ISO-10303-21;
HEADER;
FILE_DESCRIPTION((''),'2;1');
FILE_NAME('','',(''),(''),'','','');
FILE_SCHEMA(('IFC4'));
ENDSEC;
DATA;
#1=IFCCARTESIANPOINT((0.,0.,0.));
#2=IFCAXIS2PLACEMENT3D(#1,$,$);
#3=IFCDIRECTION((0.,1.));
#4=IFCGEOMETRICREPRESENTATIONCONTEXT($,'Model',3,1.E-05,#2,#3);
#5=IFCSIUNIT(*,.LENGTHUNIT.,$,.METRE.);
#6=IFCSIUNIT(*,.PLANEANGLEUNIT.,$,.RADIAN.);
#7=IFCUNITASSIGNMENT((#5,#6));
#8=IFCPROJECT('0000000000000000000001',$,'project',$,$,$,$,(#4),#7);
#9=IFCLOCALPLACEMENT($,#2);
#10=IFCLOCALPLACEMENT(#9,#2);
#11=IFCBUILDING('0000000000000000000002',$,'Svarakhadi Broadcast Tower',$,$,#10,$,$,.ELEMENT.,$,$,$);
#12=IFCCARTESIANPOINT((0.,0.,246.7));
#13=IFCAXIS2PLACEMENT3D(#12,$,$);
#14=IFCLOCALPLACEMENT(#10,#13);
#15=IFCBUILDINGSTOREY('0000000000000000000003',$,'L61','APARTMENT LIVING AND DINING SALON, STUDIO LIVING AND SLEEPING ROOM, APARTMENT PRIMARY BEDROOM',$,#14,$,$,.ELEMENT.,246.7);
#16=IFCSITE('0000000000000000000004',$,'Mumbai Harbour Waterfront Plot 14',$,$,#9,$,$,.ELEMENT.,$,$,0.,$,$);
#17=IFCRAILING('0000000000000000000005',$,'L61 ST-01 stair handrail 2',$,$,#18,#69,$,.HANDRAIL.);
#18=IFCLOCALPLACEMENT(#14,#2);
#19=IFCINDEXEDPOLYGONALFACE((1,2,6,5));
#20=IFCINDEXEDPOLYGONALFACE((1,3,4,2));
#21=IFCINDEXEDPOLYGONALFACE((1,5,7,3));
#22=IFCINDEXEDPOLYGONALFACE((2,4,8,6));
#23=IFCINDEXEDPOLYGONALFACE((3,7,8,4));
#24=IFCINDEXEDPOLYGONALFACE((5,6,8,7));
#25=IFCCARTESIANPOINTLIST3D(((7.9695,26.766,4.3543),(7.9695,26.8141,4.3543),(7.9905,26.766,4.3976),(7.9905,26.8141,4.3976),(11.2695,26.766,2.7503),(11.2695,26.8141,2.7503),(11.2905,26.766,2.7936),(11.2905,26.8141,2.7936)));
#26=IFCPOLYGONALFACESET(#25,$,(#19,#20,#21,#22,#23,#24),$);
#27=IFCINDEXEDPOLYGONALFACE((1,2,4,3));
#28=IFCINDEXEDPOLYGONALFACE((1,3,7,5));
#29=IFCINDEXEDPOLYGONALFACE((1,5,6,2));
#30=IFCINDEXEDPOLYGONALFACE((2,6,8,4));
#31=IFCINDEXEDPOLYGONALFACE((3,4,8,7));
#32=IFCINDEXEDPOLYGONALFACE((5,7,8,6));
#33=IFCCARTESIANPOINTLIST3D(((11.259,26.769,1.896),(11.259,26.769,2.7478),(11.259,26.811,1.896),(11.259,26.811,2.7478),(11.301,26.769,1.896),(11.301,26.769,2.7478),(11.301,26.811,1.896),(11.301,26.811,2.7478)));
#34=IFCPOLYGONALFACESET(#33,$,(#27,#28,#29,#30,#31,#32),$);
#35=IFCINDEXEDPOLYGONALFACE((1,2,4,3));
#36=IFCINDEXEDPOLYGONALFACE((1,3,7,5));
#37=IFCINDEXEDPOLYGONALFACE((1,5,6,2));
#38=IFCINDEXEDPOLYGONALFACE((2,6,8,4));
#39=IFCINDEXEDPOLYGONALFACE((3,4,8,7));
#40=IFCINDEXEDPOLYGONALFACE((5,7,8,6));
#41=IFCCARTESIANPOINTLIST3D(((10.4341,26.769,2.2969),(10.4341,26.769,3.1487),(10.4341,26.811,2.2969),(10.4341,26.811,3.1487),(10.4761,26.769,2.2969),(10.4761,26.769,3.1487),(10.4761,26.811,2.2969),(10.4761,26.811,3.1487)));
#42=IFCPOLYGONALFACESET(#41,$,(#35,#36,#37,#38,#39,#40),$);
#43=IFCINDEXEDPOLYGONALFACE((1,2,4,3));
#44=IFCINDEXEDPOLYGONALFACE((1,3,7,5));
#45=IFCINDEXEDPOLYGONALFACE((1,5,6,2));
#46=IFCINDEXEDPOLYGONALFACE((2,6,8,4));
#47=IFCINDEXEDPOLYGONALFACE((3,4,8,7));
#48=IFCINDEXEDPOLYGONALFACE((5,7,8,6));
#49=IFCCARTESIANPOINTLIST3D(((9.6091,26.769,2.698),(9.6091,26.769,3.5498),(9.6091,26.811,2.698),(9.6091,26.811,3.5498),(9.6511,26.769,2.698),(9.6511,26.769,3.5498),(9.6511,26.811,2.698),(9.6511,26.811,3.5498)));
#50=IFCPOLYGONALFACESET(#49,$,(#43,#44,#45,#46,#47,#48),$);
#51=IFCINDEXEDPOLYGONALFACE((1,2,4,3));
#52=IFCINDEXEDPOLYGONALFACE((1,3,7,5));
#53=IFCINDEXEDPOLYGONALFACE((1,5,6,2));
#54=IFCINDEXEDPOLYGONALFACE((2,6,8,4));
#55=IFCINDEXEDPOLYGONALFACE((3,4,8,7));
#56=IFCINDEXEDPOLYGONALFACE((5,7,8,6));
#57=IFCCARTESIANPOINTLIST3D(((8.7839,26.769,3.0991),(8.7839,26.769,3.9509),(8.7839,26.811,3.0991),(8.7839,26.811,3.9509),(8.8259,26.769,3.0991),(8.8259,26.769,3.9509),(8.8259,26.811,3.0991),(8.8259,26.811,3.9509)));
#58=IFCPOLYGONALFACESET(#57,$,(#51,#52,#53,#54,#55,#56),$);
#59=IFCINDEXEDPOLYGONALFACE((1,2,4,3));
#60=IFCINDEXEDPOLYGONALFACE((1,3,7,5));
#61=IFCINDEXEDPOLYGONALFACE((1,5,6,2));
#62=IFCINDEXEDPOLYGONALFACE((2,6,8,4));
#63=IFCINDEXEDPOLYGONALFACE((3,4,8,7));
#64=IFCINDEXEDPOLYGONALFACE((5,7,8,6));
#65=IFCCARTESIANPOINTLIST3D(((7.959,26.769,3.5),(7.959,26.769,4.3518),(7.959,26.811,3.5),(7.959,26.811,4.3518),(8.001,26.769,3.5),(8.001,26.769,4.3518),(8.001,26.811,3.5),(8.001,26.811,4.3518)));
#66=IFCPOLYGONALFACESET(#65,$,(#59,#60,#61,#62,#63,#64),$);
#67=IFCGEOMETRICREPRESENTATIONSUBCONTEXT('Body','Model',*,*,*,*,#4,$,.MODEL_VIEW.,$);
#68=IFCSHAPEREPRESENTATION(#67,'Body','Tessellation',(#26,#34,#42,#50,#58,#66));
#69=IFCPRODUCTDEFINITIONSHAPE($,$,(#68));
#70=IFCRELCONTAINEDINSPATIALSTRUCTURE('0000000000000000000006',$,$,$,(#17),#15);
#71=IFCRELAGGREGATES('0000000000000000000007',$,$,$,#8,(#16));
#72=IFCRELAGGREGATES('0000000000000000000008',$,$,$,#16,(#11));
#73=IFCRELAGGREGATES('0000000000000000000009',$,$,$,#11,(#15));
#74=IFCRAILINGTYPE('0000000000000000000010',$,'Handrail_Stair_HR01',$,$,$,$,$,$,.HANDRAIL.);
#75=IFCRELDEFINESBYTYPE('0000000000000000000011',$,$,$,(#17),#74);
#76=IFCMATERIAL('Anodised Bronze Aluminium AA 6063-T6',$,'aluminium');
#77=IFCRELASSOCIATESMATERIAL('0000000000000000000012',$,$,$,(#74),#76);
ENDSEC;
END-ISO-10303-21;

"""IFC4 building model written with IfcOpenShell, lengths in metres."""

from ifc_helpers import new_model, si_unit, direction, frame, origin, origin_2d, place, context, subcontext, project, spatial, rectangle, extrude, material, type_object, element, save


model = new_model("IFC4")

# Units and contexts
model_context = context("Model", 3, precision=1e-05, world=origin(), true_north=direction((0.0, 1.0)))
body_context = subcontext(model_context, "Body", "Model", "MODEL_VIEW")
ifc_project = project(units=[si_unit("LENGTHUNIT", "METRE"), si_unit("PLANEANGLEUNIT", "RADIAN")], contexts=[model_context])

# Site, building, storey
site_placement = place(None, origin())
site = spatial("IfcSite", under=ifc_project, at=site_placement, Name="Mumbai Harbour Waterfront Plot 14", CompositionType="ELEMENT", RefElevation=0.0)
building_placement = place(site_placement, origin())
building = spatial("IfcBuilding", under=site, at=building_placement, Name="Svarakhadi Broadcast Tower", CompositionType="ELEMENT")
storey_placement = place(building_placement, frame((0.0, 0.0, 246.7)))
storey = spatial("IfcBuildingStorey", under=building, at=storey_placement, Name="L61", Description="APARTMENT LIVING AND DINING SALON, STUDIO LIVING AND SLEEPING ROOM, APARTMENT PRIMARY BEDROOM", CompositionType="ELEMENT", Elevation=246.7)

# Shared definitions
ifc_material_1 = material(Name="Anodised Bronze Aluminium AA 6063-T6", Category="aluminium")

# Railing
railing_type_1 = type_object("IfcRailingType", Name="Handrail_Stair_HR01", PredefinedType="HANDRAIL", material=ifc_material_1)
railing_1_placement = place(storey_placement, frame((11.28, 26.79, 1.896)))
element("IfcRailing", 1, at=railing_1_placement, inside=storey, type_object=railing_type_1, Name="L61 ST-01 stair handrail 2", PredefinedType="HANDRAIL", context=body_context, shape_type="SweptSolid", body=[
    extrude(rectangle(XDim=0.0481, YDim=0.0481, at=origin_2d()), frame((0.0, 0.0, 0.876), z_axis=(-0.899388, 0.0, 0.437152), x_axis=(0.0, -1.0, 0.0)), (0.0, 0.0, 1.0), 3.6692),
    extrude(rectangle(XDim=0.042, YDim=0.042, at=origin_2d()), origin(), (0.0, 0.0, 1.0), 0.8518),
    extrude(rectangle(XDim=0.042, YDim=0.042, at=origin_2d()), frame((-0.825, 0.0, 0.4009)), (0.0, 0.0, 1.0), 0.8518),
    extrude(rectangle(XDim=0.042, YDim=0.042, at=origin_2d()), frame((-1.6499, 0.0, 0.802)), (0.0, 0.0, 1.0), 0.8518),
    extrude(rectangle(XDim=0.042, YDim=0.042, at=origin_2d()), frame((-2.4751, 0.0, 1.2031)), (0.0, 0.0, 1.0), 0.8518),
    extrude(rectangle(XDim=0.042, YDim=0.042, at=origin_2d()), frame((-3.3, 0.0, 1.604)), (0.0, 0.0, 1.0), 0.8518),
])

save(model, "model.ifc")
